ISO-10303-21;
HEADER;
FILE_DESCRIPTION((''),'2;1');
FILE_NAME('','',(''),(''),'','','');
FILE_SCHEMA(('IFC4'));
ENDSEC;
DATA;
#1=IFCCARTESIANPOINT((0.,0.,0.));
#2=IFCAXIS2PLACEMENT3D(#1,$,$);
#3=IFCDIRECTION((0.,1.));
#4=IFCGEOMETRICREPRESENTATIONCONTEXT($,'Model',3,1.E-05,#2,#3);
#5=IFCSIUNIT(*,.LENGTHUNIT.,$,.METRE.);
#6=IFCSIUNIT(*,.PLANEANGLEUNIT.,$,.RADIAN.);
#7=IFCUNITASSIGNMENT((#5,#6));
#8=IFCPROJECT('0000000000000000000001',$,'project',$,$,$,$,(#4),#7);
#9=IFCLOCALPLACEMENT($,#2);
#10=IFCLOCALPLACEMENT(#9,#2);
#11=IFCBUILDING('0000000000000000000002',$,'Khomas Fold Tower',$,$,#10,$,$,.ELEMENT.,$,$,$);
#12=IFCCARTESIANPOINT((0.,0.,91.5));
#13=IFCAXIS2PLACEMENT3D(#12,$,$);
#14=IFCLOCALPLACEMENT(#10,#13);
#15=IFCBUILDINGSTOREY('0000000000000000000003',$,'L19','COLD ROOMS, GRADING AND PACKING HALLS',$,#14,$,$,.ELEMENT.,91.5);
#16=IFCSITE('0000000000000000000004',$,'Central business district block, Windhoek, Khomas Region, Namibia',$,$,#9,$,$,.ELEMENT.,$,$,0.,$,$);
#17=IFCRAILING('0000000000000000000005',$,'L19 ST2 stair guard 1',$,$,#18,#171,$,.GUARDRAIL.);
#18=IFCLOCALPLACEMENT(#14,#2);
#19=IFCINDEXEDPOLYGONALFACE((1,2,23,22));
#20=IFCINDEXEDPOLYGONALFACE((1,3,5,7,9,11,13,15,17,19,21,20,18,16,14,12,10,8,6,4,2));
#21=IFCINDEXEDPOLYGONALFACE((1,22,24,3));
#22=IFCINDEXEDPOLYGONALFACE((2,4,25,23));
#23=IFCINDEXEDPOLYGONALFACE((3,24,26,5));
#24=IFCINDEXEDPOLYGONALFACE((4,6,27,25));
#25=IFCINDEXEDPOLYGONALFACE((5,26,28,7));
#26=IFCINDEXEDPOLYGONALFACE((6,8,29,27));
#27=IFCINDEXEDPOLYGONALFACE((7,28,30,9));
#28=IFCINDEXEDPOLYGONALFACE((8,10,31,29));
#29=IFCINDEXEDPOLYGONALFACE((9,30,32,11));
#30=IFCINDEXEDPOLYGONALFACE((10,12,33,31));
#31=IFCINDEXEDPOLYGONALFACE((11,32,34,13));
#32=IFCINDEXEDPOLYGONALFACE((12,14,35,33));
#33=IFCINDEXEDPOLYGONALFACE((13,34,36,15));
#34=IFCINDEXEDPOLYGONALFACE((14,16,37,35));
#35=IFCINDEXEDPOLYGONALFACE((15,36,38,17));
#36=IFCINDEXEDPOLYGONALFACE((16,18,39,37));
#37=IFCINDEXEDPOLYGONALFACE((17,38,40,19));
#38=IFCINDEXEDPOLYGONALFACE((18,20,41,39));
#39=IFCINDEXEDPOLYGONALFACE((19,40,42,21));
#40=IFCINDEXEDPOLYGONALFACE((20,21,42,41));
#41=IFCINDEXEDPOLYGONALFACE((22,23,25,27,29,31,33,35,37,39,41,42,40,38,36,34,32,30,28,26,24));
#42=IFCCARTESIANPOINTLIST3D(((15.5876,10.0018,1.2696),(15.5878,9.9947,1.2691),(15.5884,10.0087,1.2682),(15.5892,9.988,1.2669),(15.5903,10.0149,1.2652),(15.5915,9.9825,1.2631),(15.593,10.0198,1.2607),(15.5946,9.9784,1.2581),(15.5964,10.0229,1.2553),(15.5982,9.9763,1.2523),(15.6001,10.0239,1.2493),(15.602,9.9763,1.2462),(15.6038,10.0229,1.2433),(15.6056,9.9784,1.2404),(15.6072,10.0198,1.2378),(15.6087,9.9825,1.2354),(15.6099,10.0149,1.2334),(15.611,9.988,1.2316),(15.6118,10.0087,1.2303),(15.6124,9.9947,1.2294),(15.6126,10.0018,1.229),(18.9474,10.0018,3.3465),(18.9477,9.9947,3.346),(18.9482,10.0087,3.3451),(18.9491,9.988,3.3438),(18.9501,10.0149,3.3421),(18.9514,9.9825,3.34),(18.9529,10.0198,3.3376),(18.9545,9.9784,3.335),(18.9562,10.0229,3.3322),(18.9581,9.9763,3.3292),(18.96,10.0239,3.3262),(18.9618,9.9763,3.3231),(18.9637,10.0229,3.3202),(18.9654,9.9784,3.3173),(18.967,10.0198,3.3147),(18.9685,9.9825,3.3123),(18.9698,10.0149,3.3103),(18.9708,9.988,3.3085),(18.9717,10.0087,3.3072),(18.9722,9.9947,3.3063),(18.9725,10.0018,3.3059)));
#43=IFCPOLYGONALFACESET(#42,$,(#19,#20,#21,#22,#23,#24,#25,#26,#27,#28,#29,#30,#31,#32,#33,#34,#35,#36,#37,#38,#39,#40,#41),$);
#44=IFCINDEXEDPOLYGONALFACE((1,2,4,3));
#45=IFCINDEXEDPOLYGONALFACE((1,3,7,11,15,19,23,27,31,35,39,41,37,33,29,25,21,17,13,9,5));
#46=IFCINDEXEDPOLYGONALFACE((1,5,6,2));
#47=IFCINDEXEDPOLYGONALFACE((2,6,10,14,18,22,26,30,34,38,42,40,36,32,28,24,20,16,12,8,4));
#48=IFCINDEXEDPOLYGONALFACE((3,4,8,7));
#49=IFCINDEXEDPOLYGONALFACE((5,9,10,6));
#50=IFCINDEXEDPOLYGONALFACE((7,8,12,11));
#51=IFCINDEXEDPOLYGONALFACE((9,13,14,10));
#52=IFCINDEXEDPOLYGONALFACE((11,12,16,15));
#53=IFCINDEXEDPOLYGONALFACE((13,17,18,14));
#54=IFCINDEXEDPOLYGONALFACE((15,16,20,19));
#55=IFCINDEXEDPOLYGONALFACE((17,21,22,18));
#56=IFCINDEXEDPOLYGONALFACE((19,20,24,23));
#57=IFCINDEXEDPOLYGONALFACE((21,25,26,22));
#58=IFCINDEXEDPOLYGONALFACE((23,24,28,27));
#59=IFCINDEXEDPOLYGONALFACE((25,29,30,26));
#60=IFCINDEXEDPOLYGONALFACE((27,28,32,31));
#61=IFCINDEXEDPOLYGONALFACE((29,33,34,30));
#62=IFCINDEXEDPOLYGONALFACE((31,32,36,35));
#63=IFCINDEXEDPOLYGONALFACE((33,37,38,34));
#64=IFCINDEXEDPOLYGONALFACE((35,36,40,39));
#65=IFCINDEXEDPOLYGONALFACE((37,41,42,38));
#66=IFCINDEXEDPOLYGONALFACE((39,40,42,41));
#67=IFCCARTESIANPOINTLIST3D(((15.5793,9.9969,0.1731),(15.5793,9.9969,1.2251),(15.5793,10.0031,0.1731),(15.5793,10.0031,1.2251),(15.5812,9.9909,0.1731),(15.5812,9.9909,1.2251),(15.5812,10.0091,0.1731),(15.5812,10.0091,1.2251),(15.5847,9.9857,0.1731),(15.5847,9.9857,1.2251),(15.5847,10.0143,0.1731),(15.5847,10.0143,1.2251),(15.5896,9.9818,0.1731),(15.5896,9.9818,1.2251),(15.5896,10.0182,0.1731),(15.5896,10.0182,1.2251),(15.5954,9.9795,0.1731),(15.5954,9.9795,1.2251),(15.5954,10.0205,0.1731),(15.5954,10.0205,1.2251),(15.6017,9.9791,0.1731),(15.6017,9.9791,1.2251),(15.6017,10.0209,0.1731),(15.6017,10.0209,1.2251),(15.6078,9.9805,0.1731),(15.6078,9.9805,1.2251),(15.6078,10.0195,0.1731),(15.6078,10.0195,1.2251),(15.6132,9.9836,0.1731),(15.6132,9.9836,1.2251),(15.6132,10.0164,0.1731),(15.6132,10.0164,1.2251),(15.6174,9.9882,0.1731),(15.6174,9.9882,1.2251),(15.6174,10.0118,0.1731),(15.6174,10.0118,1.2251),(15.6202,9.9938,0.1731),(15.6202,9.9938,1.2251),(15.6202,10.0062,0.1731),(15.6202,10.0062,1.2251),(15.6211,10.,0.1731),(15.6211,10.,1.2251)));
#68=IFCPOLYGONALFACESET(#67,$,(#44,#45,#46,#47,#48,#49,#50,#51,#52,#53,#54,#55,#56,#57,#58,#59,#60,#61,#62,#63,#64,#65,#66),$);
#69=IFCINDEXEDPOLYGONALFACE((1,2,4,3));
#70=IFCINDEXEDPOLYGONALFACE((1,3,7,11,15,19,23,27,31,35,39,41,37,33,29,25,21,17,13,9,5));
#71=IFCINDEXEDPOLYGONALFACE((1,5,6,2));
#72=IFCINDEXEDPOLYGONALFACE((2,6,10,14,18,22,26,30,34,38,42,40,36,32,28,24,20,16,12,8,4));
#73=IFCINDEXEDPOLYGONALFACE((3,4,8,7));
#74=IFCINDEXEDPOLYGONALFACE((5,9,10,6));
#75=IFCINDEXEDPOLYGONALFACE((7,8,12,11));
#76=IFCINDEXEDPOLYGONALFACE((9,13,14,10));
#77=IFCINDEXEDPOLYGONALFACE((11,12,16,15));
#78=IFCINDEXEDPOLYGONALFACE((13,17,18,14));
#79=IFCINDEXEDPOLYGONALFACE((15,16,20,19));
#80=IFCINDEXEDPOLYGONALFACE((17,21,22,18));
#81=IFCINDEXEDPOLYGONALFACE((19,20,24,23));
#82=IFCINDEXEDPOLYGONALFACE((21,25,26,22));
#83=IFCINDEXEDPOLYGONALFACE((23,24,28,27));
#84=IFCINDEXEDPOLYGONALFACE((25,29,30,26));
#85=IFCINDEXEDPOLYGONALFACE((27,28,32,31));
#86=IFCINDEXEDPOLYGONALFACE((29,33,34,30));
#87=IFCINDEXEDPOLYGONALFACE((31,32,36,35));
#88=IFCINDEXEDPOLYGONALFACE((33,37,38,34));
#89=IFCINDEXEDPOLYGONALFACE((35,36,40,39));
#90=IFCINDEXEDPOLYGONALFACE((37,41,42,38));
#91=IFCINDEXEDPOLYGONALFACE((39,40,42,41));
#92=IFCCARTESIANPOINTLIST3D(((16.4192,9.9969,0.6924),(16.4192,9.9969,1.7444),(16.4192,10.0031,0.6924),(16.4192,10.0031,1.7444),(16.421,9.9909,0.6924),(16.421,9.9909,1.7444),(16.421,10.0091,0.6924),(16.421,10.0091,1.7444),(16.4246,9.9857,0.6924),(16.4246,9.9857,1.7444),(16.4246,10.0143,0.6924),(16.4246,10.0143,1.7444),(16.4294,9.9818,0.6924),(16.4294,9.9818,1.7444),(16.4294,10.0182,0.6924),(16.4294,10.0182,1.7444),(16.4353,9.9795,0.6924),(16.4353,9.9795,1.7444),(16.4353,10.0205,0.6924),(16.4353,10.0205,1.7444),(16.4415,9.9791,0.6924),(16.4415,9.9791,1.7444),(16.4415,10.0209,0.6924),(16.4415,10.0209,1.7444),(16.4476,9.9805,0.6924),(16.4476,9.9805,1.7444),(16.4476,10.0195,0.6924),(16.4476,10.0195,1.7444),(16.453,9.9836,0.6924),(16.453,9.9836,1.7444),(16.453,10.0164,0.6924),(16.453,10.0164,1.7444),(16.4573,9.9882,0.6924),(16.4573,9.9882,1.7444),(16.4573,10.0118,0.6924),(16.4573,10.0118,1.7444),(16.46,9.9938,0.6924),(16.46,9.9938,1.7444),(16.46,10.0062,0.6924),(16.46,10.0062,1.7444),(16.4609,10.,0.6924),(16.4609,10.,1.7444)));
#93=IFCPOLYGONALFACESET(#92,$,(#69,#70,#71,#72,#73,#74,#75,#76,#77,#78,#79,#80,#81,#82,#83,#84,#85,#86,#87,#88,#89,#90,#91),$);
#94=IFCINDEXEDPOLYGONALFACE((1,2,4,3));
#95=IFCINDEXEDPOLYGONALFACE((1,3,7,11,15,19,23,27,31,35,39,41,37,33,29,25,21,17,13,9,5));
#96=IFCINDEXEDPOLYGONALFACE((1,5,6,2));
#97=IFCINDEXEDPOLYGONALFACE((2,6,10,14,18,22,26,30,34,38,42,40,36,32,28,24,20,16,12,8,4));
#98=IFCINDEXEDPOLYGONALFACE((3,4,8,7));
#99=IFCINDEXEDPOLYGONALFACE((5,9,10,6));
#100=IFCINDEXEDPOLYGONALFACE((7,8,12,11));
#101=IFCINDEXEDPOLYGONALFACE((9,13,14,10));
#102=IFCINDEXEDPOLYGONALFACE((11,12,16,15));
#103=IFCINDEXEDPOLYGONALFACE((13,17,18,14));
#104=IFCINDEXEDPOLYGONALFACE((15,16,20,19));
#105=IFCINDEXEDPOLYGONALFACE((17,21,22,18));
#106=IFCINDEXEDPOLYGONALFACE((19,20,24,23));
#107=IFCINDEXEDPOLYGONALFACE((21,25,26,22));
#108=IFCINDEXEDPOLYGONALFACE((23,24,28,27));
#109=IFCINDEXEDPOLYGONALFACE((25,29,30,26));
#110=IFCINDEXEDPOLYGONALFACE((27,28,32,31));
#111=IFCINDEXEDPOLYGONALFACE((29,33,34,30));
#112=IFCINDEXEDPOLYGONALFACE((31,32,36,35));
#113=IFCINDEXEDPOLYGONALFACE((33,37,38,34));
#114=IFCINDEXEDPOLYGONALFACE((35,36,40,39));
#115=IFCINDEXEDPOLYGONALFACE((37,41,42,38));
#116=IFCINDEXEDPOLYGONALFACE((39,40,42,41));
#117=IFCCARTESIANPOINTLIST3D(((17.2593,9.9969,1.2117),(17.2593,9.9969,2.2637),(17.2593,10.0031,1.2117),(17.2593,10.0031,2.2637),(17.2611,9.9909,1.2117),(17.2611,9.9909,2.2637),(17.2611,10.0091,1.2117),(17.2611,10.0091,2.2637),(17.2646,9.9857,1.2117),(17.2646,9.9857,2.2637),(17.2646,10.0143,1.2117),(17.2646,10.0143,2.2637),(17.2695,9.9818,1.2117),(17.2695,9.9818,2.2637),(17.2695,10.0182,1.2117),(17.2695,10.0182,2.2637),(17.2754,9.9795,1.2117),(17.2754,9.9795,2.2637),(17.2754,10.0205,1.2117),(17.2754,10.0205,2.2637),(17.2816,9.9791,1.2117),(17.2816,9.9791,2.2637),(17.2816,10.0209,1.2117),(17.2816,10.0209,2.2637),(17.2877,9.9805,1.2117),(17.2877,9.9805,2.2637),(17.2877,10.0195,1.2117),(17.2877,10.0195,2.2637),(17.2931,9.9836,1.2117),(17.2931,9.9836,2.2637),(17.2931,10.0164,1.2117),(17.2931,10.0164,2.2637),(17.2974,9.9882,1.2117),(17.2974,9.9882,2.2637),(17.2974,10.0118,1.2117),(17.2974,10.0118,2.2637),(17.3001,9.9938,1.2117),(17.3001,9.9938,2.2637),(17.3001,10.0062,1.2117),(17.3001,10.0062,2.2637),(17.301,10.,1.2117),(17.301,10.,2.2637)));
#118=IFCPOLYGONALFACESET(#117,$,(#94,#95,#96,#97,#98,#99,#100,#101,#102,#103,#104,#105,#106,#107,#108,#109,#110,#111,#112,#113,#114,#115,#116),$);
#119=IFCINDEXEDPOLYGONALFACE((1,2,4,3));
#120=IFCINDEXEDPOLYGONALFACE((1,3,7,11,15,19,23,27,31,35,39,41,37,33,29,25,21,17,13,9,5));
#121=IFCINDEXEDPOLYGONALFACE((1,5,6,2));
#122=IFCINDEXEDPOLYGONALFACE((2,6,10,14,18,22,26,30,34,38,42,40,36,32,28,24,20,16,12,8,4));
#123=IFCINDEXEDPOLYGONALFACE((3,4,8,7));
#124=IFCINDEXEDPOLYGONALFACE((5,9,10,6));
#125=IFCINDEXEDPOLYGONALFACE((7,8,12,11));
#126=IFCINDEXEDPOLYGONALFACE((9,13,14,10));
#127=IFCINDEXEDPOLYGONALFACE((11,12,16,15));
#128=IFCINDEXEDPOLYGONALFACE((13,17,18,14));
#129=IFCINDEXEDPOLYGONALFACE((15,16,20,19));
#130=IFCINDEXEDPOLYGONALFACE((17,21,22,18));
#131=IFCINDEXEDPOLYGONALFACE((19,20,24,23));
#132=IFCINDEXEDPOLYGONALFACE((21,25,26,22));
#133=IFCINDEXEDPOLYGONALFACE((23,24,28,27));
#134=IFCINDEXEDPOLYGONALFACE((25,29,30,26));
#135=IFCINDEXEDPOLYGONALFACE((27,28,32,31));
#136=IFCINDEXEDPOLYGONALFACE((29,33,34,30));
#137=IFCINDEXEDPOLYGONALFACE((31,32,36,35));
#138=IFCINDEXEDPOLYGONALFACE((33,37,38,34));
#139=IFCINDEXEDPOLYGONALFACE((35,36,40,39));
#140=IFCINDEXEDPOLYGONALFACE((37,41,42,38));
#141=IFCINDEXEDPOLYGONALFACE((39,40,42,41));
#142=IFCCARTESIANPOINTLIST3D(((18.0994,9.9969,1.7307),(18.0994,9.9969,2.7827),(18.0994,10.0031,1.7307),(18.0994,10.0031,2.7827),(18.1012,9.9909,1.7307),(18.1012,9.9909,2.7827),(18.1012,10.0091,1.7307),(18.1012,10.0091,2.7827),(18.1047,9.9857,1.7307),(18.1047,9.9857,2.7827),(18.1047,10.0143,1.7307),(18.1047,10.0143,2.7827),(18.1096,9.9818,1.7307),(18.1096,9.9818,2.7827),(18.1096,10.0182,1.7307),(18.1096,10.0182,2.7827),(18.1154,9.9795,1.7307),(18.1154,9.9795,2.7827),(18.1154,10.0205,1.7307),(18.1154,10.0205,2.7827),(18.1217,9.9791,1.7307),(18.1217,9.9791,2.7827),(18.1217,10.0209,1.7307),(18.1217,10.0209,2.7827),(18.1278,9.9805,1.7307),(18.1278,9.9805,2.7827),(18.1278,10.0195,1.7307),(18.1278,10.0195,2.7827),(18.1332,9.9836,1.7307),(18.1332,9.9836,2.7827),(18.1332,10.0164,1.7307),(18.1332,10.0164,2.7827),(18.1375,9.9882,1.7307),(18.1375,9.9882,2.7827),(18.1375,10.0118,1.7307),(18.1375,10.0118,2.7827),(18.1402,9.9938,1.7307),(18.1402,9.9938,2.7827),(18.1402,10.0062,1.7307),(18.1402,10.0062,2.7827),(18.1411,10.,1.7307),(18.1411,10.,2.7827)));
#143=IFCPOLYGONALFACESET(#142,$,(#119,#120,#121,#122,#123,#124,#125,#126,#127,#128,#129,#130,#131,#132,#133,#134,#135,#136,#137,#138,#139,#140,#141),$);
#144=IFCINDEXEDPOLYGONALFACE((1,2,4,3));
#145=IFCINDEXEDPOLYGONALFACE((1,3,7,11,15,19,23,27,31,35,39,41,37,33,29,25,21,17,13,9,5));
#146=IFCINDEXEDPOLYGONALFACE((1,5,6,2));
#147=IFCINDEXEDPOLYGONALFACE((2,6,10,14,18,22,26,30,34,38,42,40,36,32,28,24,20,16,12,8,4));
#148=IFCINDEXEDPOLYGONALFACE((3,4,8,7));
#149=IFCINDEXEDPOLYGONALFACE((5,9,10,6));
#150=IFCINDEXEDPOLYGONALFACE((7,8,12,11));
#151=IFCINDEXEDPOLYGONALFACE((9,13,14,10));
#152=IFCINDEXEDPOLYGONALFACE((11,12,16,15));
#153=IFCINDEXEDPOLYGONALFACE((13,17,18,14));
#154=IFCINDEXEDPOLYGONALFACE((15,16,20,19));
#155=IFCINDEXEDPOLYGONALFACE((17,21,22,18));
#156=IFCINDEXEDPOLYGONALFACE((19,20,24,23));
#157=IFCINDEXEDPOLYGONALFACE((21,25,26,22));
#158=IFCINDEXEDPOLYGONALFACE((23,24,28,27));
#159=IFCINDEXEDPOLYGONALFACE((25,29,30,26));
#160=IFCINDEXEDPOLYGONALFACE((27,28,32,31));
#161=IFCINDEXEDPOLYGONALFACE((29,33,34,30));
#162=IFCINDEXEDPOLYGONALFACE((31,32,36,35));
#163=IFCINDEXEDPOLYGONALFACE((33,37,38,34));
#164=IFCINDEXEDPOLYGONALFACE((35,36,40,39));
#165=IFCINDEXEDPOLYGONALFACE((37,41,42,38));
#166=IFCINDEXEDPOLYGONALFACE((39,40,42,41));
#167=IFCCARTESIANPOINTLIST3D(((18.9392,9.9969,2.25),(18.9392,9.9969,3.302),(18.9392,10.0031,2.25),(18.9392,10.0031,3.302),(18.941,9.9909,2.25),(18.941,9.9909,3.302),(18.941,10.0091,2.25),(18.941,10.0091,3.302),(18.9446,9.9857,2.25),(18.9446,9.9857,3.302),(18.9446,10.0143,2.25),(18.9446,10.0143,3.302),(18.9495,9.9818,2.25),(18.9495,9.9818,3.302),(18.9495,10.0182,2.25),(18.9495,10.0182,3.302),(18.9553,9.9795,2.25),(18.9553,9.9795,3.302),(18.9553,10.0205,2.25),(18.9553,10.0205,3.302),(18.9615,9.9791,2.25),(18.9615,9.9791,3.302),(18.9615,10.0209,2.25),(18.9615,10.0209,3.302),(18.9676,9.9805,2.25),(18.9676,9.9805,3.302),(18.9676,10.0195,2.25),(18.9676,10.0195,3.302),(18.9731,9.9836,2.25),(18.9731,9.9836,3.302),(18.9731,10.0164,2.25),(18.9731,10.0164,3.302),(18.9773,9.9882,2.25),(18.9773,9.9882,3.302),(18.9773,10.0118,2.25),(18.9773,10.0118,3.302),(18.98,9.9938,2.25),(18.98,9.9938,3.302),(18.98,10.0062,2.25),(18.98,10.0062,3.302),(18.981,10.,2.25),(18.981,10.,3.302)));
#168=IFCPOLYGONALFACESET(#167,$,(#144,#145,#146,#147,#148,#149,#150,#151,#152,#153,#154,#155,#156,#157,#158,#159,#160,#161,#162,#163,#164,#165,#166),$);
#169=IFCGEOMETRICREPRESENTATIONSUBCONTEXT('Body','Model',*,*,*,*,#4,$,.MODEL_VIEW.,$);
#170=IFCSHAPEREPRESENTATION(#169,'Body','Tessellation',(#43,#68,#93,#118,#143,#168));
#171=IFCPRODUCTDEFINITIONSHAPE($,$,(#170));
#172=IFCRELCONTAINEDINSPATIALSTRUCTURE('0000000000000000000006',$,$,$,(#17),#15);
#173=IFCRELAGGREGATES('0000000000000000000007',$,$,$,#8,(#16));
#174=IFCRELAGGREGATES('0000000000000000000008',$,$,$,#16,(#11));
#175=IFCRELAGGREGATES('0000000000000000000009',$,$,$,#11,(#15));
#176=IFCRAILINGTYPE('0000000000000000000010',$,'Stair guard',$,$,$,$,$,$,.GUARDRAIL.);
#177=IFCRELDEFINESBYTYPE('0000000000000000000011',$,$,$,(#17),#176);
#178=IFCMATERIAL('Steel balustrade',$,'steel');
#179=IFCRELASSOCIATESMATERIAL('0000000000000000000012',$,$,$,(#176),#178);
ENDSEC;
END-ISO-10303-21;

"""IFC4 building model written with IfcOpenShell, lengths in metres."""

from ifc_helpers import new_model, si_unit, direction, frame, origin, origin_2d, place, context, subcontext, project, spatial, circle, extrude, source, transform, mapped, material, type_object, element, save


model = new_model("IFC4")

# Units and contexts
model_context = context("Model", 3, precision=1e-05, world=origin(), true_north=direction((0.0, 1.0)))
body_context = subcontext(model_context, "Body", "Model", "MODEL_VIEW")
ifc_project = project(units=[si_unit("LENGTHUNIT", "METRE"), si_unit("PLANEANGLEUNIT", "RADIAN")], contexts=[model_context])

# Site, building, storey
site_placement = place(None, origin())
site = spatial("IfcSite", under=ifc_project, at=site_placement, Name="Central business district block, Windhoek, Khomas Region, Namibia", CompositionType="ELEMENT", RefElevation=0.0)
building_placement = place(site_placement, origin())
building = spatial("IfcBuilding", under=site, at=building_placement, Name="Khomas Fold Tower", CompositionType="ELEMENT")
storey_placement = place(building_placement, frame((0.0, 0.0, 91.5)))
storey = spatial("IfcBuildingStorey", under=building, at=storey_placement, Name="L19", Description="COLD ROOMS, GRADING AND PACKING HALLS", CompositionType="ELEMENT", Elevation=91.5)

# Railing
ifc_material_1 = material(Name="Steel balustrade", Category="steel")
railing_type_1 = type_object("IfcRailingType", Name="Stair guard", PredefinedType="GUARDRAIL", material=ifc_material_1)
shared_shape_1 = source(origin(), body_context, "Body", "SweptSolid", [
    extrude(circle(Radius=0.0239, at=origin_2d()), frame((0.0, 0.0, 1.0762), z_axis=(0.850606, 0.0, 0.525803), x_axis=(0.0, 1.0, 0.0)), (0.0, 0.0, 1.0), 3.95),
    extrude(circle(Radius=0.021, at=origin_2d()), origin(), (0.0, 0.0, 1.0), 1.052),
    extrude(circle(Radius=0.021, at=origin_2d()), frame((0.8398, 0.0, 0.5193)), (0.0, 0.0, 1.0), 1.052),
    extrude(circle(Radius=0.021, at=origin_2d()), frame((1.6799, 0.0, 1.0386)), (0.0, 0.0, 1.0), 1.052),
    extrude(circle(Radius=0.021, at=origin_2d()), frame((2.52, 0.0, 1.5576)), (0.0, 0.0, 1.0), 1.052),
    extrude(circle(Radius=0.021, at=origin_2d()), frame((3.3599, 0.0, 2.0769)), (0.0, 0.0, 1.0), 1.052),
])
railing_1_placement = place(storey_placement, frame((15.6001, 10.0, 0.1731)))
element("IfcRailing", 1, at=railing_1_placement, inside=storey, type_object=railing_type_1, Name="L19 ST2 stair guard 1", PredefinedType="GUARDRAIL", context=body_context, shape_type="MappedRepresentation", body=[
    mapped(shared_shape_1, transform((0.0, 0.0, 0.0))),
])

save(model, "model.ifc")
